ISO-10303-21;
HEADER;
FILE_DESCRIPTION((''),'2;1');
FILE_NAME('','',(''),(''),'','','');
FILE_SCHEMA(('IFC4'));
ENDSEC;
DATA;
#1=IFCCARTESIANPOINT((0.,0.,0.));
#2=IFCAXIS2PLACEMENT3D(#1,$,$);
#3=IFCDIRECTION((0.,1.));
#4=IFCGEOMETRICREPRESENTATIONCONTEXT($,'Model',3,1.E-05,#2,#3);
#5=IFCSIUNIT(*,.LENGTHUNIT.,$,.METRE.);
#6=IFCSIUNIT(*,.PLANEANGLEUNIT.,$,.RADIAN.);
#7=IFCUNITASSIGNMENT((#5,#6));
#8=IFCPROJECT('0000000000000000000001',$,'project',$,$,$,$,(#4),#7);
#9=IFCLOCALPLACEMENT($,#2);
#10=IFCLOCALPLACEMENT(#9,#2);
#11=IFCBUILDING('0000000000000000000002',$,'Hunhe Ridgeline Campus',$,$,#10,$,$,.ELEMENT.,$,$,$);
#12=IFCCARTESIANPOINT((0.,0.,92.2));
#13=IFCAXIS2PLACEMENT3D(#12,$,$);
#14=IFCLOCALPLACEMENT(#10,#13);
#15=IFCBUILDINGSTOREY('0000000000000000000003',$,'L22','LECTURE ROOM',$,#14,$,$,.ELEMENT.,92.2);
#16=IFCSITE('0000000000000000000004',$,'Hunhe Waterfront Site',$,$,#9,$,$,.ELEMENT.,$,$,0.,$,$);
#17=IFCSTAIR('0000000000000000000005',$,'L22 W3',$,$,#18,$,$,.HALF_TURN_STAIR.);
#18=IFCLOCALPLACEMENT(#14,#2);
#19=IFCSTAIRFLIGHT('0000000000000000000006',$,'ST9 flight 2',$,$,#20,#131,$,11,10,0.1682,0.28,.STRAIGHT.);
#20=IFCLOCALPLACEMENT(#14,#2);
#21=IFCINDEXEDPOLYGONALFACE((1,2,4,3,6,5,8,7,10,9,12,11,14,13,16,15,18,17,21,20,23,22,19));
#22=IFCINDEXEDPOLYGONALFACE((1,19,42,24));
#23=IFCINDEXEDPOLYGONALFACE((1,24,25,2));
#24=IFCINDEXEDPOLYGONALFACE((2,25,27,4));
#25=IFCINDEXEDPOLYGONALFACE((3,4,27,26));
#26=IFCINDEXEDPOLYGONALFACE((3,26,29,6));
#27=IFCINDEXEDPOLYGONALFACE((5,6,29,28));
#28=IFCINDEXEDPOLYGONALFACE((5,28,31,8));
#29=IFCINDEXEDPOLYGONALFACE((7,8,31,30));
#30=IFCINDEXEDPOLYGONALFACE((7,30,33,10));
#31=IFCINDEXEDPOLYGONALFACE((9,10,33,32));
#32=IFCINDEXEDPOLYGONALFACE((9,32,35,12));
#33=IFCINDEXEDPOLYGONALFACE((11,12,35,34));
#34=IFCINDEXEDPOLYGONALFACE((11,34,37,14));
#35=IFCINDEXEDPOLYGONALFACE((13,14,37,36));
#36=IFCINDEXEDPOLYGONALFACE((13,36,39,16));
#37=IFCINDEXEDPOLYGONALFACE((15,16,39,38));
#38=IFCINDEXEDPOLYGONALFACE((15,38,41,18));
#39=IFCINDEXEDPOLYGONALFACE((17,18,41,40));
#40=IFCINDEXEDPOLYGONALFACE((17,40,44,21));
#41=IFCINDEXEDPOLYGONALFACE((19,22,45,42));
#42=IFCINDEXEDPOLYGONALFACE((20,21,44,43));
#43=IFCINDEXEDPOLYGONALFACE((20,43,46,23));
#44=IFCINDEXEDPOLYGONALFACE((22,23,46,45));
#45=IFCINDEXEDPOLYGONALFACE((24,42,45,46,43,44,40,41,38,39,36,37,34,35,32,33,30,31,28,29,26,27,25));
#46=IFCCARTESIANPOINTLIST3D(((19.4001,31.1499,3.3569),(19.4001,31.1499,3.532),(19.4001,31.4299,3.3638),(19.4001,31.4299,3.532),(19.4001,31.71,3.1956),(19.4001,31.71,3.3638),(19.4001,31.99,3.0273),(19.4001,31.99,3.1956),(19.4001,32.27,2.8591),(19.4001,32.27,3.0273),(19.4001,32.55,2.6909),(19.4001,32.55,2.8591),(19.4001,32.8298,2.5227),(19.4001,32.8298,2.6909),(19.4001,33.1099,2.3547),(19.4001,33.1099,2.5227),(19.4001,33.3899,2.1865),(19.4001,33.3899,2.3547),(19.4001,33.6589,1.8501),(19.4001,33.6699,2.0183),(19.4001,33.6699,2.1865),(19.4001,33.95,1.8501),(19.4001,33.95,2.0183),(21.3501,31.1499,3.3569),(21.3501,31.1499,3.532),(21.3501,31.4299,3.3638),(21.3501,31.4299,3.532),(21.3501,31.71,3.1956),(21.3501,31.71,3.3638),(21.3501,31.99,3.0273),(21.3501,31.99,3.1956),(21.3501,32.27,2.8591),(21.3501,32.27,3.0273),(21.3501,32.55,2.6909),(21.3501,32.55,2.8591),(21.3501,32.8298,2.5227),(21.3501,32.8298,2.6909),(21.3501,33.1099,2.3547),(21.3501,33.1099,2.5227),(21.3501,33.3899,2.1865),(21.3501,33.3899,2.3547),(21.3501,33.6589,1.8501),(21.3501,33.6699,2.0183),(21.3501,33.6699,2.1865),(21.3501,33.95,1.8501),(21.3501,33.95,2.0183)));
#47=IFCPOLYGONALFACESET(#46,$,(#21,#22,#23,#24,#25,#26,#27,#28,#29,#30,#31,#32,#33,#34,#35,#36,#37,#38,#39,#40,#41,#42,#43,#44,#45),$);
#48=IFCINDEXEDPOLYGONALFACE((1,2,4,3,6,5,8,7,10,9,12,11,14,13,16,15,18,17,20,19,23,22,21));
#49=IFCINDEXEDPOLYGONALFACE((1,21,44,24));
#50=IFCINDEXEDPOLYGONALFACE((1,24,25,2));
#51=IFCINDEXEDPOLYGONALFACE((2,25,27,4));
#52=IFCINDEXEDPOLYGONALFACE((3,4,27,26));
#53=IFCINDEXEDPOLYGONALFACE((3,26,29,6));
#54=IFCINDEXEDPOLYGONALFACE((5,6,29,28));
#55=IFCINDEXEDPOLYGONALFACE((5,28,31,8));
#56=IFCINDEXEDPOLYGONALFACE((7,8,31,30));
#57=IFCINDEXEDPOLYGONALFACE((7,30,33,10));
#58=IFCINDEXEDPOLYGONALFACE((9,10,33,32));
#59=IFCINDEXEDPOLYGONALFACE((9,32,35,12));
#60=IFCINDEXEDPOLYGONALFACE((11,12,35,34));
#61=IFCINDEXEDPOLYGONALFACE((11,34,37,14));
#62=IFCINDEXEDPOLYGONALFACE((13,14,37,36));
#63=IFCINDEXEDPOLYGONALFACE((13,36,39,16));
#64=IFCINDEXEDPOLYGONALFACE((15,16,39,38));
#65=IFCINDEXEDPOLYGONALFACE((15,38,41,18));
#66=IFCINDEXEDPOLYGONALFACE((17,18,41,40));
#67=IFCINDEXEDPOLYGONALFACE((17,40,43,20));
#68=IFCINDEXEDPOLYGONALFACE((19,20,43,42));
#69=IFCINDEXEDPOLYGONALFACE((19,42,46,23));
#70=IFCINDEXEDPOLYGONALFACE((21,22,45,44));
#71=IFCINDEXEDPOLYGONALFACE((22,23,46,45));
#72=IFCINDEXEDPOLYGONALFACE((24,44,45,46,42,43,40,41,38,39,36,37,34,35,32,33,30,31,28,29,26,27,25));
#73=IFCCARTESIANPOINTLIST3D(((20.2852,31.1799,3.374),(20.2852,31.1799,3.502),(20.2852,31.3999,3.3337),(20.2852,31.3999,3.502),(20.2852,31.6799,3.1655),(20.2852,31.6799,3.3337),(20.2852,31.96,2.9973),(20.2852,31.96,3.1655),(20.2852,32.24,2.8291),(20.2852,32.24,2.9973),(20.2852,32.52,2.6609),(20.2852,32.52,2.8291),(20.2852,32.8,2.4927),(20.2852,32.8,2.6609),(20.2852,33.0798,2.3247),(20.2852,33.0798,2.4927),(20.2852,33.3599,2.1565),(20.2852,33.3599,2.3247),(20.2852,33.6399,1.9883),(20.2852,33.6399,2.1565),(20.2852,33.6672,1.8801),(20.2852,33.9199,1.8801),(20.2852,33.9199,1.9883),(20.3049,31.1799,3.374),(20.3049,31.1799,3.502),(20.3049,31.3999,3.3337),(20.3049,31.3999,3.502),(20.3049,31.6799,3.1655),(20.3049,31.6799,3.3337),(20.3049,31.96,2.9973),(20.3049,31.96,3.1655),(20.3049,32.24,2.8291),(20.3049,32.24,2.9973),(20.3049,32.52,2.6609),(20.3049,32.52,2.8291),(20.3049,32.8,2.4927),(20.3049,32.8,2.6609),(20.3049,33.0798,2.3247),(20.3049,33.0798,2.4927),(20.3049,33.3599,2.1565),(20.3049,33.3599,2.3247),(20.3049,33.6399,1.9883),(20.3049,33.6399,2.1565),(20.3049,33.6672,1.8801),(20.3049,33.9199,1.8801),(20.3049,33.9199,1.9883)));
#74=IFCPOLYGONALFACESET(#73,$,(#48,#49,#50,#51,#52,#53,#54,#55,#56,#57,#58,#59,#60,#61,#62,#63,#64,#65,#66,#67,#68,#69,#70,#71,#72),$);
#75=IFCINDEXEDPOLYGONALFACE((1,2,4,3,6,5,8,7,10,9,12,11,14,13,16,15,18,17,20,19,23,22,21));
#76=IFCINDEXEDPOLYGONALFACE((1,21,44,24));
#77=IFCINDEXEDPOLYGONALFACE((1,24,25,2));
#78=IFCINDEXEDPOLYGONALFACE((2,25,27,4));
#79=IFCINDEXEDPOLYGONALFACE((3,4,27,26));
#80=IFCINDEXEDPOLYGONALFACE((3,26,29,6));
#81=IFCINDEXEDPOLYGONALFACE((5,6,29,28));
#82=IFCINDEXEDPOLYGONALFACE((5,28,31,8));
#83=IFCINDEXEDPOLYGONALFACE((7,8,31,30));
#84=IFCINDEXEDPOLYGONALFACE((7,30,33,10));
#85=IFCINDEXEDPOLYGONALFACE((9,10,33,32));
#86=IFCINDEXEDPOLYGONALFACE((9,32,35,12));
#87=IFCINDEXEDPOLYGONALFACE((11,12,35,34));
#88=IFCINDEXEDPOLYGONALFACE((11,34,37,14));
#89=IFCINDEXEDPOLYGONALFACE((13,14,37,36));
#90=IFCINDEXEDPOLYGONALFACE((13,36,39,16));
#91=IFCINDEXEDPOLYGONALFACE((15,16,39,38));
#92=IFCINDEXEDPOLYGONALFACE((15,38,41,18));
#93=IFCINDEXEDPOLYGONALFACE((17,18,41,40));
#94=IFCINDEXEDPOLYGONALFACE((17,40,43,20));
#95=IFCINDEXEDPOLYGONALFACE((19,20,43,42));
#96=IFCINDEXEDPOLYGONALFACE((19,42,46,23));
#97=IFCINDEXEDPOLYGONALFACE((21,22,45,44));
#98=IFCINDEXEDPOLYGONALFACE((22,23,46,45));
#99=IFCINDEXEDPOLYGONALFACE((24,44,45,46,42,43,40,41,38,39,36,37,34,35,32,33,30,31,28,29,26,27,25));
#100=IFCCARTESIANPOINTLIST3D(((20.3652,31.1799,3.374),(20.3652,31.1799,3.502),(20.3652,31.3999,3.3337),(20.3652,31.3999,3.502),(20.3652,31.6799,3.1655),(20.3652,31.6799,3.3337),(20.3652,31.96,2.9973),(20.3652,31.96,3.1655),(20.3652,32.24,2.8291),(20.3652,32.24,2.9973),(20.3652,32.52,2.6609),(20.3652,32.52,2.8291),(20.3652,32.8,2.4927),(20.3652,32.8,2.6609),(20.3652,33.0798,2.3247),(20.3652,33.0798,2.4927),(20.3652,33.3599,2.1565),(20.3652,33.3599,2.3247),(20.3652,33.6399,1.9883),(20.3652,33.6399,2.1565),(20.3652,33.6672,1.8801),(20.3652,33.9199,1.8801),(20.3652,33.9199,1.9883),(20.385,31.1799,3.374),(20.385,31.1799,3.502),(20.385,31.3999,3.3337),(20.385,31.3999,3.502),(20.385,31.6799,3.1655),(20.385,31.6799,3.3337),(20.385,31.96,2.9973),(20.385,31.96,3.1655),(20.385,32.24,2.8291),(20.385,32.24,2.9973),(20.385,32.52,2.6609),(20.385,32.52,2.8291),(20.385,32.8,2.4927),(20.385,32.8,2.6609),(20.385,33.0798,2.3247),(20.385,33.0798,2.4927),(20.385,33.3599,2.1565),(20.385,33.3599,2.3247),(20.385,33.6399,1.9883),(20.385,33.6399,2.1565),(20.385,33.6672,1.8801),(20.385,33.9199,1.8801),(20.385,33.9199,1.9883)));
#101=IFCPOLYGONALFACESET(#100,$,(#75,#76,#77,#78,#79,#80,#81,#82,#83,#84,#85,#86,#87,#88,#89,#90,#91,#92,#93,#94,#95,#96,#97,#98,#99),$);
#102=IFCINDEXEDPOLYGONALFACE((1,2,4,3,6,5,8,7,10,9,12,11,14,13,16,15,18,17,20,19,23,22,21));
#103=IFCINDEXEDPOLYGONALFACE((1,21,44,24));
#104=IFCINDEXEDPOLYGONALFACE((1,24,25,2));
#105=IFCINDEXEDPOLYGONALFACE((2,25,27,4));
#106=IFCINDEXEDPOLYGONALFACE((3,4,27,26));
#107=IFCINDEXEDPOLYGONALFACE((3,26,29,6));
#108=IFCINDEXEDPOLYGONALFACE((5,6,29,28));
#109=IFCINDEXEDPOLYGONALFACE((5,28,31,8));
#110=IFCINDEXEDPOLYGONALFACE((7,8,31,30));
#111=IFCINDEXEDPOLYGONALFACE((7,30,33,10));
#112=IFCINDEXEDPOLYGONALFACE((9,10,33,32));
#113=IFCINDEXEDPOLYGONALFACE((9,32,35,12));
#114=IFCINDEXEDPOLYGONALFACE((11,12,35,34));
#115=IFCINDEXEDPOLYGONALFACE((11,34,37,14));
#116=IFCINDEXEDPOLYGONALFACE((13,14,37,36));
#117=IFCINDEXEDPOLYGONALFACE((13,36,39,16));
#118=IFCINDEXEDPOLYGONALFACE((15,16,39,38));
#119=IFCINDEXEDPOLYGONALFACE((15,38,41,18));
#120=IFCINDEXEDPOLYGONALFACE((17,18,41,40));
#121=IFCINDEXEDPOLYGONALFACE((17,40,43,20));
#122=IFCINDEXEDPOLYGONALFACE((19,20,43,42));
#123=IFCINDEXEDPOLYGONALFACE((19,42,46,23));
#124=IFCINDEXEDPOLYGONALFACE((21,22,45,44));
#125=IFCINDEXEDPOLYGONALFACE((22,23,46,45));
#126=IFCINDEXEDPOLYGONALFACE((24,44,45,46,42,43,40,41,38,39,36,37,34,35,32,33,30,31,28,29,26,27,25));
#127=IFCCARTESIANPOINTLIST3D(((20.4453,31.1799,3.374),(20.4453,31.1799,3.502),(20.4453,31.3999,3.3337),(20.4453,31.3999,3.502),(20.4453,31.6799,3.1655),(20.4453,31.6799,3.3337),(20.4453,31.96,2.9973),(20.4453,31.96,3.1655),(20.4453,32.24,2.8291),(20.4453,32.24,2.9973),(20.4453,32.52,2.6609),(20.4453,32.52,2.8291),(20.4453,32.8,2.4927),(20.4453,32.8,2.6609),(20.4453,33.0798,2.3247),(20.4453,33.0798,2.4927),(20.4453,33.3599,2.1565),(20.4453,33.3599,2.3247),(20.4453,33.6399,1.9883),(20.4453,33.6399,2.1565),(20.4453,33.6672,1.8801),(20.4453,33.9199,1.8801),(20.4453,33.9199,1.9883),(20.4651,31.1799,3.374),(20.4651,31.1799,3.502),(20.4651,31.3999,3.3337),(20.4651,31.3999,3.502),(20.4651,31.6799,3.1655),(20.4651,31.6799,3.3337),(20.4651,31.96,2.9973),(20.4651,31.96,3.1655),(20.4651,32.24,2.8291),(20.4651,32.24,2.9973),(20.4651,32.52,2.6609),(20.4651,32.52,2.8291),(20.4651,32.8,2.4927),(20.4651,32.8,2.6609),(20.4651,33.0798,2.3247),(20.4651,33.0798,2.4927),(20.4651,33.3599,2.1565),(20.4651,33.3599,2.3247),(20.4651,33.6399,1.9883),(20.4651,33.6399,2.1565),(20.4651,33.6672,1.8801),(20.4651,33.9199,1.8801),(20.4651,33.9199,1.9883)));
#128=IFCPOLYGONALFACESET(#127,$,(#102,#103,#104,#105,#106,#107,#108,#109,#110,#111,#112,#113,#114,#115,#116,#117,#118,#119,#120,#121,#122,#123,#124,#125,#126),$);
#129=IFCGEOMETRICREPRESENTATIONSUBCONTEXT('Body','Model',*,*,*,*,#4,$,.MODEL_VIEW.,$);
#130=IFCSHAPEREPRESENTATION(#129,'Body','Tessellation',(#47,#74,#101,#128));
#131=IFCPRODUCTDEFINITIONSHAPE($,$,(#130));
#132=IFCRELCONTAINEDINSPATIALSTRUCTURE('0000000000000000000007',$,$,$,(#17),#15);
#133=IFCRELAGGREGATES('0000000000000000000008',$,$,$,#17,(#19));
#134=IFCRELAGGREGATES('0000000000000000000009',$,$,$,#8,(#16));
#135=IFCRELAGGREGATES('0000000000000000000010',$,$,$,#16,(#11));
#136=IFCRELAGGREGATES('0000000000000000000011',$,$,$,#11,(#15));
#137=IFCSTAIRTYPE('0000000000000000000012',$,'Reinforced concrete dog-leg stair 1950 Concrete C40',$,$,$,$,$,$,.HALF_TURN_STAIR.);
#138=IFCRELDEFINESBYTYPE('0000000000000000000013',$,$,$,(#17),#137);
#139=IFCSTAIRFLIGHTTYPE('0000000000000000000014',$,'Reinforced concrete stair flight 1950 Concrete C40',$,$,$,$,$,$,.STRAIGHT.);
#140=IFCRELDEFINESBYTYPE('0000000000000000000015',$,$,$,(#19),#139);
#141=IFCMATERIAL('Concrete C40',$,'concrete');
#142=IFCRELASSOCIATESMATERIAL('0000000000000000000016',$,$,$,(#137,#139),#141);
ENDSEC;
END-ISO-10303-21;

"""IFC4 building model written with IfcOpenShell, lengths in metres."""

from ifc_helpers import new_model, si_unit, direction, frame, origin, place, context, subcontext, project, spatial, polyline, outline, extrude, material, type_object, element, aggregate, save


model = new_model("IFC4")

# Units and contexts
model_context = context("Model", 3, precision=1e-05, world=origin(), true_north=direction((0.0, 1.0)))
body_context = subcontext(model_context, "Body", "Model", "MODEL_VIEW")
ifc_project = project(units=[si_unit("LENGTHUNIT", "METRE"), si_unit("PLANEANGLEUNIT", "RADIAN")], contexts=[model_context])

# Site, building, storey
site_placement = place(None, origin())
site = spatial("IfcSite", under=ifc_project, at=site_placement, Name="Hunhe Waterfront Site", CompositionType="ELEMENT", RefElevation=0.0)
building_placement = place(site_placement, origin())
building = spatial("IfcBuilding", under=site, at=building_placement, Name="Hunhe Ridgeline Campus", CompositionType="ELEMENT")
storey_placement = place(building_placement, frame((0.0, 0.0, 92.2)))
storey = spatial("IfcBuildingStorey", under=building, at=storey_placement, Name="L22", Description="LECTURE ROOM", CompositionType="ELEMENT", Elevation=92.2)

# Stair, stair flight
ifc_material_1 = material(Name="Concrete C40", Category="concrete")
stair_type = type_object("IfcStairType", Name="Reinforced concrete dog-leg stair 1950 Concrete C40", PredefinedType="HALF_TURN_STAIR", material=ifc_material_1)
stair_1_placement = place(storey_placement, origin())
stair_1 = element("IfcStair", 1, at=stair_1_placement, inside=storey, type_object=stair_type, Name="L22 W3", PredefinedType="HALF_TURN_STAIR")
stair_flight_type = type_object("IfcStairFlightType", Name="Reinforced concrete stair flight 1950 Concrete C40", PredefinedType="STRAIGHT", material=ifc_material_1)
stair_flight_1_placement = place(storey_placement, frame((20.375, 33.95, 1.8501), z_axis=(0.0, 0.0, 1.0), x_axis=(0.0, -1.0, 0.0)))
stair_flight_1 = element("IfcStairFlight", 2, at=stair_flight_1_placement, type_object=stair_flight_type, Name="ST9 flight 2", NumberOfRisers=11, NumberOfTreads=10, PredefinedType="STRAIGHT", RiserHeight=0.1682, TreadLength=0.28, context=body_context, shape_type="SweptSolid", body=[
    extrude(outline(polyline([(0.0, 0.0), (0.0, 0.1682), (0.28, 0.1682), (0.28, 0.3364), (0.5601, 0.3364), (0.5601, 0.5046), (0.8401, 0.5046), (0.8401, 0.6726), (1.1201, 0.6726), (1.1201, 0.8408), (1.3999, 0.8408), (1.3999, 1.009), (1.6799, 1.009), (1.6799, 1.1772), (1.96, 1.1772), (1.96, 1.3455), (2.24, 1.3455), (2.24, 1.5137), (2.52, 1.5137), (2.52, 1.6819), (2.8, 1.6819), (2.8, 1.8501), (2.8, 1.5068), (0.291, 0.0), (0.0, 0.0)])), frame((0.0, 0.9751, 0.0), z_axis=(0.0, -1.0, 0.0), x_axis=(1.0, 0.0, 0.0)), (0.0, 0.0, 1.0), 1.95),
    extrude(outline(polyline([(0.03, 0.03), (0.03, 0.1382), (0.3101, 0.1382), (0.3101, 0.3064), (0.5901, 0.3064), (0.5901, 0.4746), (0.8701, 0.4746), (0.8701, 0.6426), (1.1499, 0.6426), (1.1499, 0.8108), (1.4299, 0.8108), (1.4299, 0.979), (1.71, 0.979), (1.71, 1.1472), (1.99, 1.1472), (1.99, 1.3154), (2.27, 1.3154), (2.27, 1.4836), (2.55, 1.4836), (2.55, 1.6519), (2.77, 1.6519), (2.77, 1.5239), (0.2827, 0.03), (0.03, 0.03)])), frame((0.0, -0.0701, 0.0), z_axis=(0.0, -1.0, 0.0), x_axis=(1.0, 0.0, 0.0)), (0.0, 0.0, 1.0), 0.0198),
    extrude(outline(polyline([(0.03, 0.03), (0.03, 0.1382), (0.3101, 0.1382), (0.3101, 0.3064), (0.5901, 0.3064), (0.5901, 0.4746), (0.8701, 0.4746), (0.8701, 0.6426), (1.1499, 0.6426), (1.1499, 0.8108), (1.4299, 0.8108), (1.4299, 0.979), (1.71, 0.979), (1.71, 1.1472), (1.99, 1.1472), (1.99, 1.3154), (2.27, 1.3154), (2.27, 1.4836), (2.55, 1.4836), (2.55, 1.6519), (2.77, 1.6519), (2.77, 1.5239), (0.2827, 0.03), (0.03, 0.03)])), frame((0.0, 0.01, 0.0), z_axis=(0.0, -1.0, 0.0), x_axis=(1.0, 0.0, 0.0)), (0.0, 0.0, 1.0), 0.0198),
    extrude(outline(polyline([(0.03, 0.03), (0.03, 0.1382), (0.3101, 0.1382), (0.3101, 0.3064), (0.5901, 0.3064), (0.5901, 0.4746), (0.8701, 0.4746), (0.8701, 0.6426), (1.1499, 0.6426), (1.1499, 0.8108), (1.4299, 0.8108), (1.4299, 0.979), (1.71, 0.979), (1.71, 1.1472), (1.99, 1.1472), (1.99, 1.3154), (2.27, 1.3154), (2.27, 1.4836), (2.55, 1.4836), (2.55, 1.6519), (2.77, 1.6519), (2.77, 1.5239), (0.2827, 0.03), (0.03, 0.03)])), frame((0.0, 0.0901, 0.0), z_axis=(0.0, -1.0, 0.0), x_axis=(1.0, 0.0, 0.0)), (0.0, 0.0, 1.0), 0.0198),
])
aggregate(stair_1, [stair_flight_1])

save(model, "model.ifc")
